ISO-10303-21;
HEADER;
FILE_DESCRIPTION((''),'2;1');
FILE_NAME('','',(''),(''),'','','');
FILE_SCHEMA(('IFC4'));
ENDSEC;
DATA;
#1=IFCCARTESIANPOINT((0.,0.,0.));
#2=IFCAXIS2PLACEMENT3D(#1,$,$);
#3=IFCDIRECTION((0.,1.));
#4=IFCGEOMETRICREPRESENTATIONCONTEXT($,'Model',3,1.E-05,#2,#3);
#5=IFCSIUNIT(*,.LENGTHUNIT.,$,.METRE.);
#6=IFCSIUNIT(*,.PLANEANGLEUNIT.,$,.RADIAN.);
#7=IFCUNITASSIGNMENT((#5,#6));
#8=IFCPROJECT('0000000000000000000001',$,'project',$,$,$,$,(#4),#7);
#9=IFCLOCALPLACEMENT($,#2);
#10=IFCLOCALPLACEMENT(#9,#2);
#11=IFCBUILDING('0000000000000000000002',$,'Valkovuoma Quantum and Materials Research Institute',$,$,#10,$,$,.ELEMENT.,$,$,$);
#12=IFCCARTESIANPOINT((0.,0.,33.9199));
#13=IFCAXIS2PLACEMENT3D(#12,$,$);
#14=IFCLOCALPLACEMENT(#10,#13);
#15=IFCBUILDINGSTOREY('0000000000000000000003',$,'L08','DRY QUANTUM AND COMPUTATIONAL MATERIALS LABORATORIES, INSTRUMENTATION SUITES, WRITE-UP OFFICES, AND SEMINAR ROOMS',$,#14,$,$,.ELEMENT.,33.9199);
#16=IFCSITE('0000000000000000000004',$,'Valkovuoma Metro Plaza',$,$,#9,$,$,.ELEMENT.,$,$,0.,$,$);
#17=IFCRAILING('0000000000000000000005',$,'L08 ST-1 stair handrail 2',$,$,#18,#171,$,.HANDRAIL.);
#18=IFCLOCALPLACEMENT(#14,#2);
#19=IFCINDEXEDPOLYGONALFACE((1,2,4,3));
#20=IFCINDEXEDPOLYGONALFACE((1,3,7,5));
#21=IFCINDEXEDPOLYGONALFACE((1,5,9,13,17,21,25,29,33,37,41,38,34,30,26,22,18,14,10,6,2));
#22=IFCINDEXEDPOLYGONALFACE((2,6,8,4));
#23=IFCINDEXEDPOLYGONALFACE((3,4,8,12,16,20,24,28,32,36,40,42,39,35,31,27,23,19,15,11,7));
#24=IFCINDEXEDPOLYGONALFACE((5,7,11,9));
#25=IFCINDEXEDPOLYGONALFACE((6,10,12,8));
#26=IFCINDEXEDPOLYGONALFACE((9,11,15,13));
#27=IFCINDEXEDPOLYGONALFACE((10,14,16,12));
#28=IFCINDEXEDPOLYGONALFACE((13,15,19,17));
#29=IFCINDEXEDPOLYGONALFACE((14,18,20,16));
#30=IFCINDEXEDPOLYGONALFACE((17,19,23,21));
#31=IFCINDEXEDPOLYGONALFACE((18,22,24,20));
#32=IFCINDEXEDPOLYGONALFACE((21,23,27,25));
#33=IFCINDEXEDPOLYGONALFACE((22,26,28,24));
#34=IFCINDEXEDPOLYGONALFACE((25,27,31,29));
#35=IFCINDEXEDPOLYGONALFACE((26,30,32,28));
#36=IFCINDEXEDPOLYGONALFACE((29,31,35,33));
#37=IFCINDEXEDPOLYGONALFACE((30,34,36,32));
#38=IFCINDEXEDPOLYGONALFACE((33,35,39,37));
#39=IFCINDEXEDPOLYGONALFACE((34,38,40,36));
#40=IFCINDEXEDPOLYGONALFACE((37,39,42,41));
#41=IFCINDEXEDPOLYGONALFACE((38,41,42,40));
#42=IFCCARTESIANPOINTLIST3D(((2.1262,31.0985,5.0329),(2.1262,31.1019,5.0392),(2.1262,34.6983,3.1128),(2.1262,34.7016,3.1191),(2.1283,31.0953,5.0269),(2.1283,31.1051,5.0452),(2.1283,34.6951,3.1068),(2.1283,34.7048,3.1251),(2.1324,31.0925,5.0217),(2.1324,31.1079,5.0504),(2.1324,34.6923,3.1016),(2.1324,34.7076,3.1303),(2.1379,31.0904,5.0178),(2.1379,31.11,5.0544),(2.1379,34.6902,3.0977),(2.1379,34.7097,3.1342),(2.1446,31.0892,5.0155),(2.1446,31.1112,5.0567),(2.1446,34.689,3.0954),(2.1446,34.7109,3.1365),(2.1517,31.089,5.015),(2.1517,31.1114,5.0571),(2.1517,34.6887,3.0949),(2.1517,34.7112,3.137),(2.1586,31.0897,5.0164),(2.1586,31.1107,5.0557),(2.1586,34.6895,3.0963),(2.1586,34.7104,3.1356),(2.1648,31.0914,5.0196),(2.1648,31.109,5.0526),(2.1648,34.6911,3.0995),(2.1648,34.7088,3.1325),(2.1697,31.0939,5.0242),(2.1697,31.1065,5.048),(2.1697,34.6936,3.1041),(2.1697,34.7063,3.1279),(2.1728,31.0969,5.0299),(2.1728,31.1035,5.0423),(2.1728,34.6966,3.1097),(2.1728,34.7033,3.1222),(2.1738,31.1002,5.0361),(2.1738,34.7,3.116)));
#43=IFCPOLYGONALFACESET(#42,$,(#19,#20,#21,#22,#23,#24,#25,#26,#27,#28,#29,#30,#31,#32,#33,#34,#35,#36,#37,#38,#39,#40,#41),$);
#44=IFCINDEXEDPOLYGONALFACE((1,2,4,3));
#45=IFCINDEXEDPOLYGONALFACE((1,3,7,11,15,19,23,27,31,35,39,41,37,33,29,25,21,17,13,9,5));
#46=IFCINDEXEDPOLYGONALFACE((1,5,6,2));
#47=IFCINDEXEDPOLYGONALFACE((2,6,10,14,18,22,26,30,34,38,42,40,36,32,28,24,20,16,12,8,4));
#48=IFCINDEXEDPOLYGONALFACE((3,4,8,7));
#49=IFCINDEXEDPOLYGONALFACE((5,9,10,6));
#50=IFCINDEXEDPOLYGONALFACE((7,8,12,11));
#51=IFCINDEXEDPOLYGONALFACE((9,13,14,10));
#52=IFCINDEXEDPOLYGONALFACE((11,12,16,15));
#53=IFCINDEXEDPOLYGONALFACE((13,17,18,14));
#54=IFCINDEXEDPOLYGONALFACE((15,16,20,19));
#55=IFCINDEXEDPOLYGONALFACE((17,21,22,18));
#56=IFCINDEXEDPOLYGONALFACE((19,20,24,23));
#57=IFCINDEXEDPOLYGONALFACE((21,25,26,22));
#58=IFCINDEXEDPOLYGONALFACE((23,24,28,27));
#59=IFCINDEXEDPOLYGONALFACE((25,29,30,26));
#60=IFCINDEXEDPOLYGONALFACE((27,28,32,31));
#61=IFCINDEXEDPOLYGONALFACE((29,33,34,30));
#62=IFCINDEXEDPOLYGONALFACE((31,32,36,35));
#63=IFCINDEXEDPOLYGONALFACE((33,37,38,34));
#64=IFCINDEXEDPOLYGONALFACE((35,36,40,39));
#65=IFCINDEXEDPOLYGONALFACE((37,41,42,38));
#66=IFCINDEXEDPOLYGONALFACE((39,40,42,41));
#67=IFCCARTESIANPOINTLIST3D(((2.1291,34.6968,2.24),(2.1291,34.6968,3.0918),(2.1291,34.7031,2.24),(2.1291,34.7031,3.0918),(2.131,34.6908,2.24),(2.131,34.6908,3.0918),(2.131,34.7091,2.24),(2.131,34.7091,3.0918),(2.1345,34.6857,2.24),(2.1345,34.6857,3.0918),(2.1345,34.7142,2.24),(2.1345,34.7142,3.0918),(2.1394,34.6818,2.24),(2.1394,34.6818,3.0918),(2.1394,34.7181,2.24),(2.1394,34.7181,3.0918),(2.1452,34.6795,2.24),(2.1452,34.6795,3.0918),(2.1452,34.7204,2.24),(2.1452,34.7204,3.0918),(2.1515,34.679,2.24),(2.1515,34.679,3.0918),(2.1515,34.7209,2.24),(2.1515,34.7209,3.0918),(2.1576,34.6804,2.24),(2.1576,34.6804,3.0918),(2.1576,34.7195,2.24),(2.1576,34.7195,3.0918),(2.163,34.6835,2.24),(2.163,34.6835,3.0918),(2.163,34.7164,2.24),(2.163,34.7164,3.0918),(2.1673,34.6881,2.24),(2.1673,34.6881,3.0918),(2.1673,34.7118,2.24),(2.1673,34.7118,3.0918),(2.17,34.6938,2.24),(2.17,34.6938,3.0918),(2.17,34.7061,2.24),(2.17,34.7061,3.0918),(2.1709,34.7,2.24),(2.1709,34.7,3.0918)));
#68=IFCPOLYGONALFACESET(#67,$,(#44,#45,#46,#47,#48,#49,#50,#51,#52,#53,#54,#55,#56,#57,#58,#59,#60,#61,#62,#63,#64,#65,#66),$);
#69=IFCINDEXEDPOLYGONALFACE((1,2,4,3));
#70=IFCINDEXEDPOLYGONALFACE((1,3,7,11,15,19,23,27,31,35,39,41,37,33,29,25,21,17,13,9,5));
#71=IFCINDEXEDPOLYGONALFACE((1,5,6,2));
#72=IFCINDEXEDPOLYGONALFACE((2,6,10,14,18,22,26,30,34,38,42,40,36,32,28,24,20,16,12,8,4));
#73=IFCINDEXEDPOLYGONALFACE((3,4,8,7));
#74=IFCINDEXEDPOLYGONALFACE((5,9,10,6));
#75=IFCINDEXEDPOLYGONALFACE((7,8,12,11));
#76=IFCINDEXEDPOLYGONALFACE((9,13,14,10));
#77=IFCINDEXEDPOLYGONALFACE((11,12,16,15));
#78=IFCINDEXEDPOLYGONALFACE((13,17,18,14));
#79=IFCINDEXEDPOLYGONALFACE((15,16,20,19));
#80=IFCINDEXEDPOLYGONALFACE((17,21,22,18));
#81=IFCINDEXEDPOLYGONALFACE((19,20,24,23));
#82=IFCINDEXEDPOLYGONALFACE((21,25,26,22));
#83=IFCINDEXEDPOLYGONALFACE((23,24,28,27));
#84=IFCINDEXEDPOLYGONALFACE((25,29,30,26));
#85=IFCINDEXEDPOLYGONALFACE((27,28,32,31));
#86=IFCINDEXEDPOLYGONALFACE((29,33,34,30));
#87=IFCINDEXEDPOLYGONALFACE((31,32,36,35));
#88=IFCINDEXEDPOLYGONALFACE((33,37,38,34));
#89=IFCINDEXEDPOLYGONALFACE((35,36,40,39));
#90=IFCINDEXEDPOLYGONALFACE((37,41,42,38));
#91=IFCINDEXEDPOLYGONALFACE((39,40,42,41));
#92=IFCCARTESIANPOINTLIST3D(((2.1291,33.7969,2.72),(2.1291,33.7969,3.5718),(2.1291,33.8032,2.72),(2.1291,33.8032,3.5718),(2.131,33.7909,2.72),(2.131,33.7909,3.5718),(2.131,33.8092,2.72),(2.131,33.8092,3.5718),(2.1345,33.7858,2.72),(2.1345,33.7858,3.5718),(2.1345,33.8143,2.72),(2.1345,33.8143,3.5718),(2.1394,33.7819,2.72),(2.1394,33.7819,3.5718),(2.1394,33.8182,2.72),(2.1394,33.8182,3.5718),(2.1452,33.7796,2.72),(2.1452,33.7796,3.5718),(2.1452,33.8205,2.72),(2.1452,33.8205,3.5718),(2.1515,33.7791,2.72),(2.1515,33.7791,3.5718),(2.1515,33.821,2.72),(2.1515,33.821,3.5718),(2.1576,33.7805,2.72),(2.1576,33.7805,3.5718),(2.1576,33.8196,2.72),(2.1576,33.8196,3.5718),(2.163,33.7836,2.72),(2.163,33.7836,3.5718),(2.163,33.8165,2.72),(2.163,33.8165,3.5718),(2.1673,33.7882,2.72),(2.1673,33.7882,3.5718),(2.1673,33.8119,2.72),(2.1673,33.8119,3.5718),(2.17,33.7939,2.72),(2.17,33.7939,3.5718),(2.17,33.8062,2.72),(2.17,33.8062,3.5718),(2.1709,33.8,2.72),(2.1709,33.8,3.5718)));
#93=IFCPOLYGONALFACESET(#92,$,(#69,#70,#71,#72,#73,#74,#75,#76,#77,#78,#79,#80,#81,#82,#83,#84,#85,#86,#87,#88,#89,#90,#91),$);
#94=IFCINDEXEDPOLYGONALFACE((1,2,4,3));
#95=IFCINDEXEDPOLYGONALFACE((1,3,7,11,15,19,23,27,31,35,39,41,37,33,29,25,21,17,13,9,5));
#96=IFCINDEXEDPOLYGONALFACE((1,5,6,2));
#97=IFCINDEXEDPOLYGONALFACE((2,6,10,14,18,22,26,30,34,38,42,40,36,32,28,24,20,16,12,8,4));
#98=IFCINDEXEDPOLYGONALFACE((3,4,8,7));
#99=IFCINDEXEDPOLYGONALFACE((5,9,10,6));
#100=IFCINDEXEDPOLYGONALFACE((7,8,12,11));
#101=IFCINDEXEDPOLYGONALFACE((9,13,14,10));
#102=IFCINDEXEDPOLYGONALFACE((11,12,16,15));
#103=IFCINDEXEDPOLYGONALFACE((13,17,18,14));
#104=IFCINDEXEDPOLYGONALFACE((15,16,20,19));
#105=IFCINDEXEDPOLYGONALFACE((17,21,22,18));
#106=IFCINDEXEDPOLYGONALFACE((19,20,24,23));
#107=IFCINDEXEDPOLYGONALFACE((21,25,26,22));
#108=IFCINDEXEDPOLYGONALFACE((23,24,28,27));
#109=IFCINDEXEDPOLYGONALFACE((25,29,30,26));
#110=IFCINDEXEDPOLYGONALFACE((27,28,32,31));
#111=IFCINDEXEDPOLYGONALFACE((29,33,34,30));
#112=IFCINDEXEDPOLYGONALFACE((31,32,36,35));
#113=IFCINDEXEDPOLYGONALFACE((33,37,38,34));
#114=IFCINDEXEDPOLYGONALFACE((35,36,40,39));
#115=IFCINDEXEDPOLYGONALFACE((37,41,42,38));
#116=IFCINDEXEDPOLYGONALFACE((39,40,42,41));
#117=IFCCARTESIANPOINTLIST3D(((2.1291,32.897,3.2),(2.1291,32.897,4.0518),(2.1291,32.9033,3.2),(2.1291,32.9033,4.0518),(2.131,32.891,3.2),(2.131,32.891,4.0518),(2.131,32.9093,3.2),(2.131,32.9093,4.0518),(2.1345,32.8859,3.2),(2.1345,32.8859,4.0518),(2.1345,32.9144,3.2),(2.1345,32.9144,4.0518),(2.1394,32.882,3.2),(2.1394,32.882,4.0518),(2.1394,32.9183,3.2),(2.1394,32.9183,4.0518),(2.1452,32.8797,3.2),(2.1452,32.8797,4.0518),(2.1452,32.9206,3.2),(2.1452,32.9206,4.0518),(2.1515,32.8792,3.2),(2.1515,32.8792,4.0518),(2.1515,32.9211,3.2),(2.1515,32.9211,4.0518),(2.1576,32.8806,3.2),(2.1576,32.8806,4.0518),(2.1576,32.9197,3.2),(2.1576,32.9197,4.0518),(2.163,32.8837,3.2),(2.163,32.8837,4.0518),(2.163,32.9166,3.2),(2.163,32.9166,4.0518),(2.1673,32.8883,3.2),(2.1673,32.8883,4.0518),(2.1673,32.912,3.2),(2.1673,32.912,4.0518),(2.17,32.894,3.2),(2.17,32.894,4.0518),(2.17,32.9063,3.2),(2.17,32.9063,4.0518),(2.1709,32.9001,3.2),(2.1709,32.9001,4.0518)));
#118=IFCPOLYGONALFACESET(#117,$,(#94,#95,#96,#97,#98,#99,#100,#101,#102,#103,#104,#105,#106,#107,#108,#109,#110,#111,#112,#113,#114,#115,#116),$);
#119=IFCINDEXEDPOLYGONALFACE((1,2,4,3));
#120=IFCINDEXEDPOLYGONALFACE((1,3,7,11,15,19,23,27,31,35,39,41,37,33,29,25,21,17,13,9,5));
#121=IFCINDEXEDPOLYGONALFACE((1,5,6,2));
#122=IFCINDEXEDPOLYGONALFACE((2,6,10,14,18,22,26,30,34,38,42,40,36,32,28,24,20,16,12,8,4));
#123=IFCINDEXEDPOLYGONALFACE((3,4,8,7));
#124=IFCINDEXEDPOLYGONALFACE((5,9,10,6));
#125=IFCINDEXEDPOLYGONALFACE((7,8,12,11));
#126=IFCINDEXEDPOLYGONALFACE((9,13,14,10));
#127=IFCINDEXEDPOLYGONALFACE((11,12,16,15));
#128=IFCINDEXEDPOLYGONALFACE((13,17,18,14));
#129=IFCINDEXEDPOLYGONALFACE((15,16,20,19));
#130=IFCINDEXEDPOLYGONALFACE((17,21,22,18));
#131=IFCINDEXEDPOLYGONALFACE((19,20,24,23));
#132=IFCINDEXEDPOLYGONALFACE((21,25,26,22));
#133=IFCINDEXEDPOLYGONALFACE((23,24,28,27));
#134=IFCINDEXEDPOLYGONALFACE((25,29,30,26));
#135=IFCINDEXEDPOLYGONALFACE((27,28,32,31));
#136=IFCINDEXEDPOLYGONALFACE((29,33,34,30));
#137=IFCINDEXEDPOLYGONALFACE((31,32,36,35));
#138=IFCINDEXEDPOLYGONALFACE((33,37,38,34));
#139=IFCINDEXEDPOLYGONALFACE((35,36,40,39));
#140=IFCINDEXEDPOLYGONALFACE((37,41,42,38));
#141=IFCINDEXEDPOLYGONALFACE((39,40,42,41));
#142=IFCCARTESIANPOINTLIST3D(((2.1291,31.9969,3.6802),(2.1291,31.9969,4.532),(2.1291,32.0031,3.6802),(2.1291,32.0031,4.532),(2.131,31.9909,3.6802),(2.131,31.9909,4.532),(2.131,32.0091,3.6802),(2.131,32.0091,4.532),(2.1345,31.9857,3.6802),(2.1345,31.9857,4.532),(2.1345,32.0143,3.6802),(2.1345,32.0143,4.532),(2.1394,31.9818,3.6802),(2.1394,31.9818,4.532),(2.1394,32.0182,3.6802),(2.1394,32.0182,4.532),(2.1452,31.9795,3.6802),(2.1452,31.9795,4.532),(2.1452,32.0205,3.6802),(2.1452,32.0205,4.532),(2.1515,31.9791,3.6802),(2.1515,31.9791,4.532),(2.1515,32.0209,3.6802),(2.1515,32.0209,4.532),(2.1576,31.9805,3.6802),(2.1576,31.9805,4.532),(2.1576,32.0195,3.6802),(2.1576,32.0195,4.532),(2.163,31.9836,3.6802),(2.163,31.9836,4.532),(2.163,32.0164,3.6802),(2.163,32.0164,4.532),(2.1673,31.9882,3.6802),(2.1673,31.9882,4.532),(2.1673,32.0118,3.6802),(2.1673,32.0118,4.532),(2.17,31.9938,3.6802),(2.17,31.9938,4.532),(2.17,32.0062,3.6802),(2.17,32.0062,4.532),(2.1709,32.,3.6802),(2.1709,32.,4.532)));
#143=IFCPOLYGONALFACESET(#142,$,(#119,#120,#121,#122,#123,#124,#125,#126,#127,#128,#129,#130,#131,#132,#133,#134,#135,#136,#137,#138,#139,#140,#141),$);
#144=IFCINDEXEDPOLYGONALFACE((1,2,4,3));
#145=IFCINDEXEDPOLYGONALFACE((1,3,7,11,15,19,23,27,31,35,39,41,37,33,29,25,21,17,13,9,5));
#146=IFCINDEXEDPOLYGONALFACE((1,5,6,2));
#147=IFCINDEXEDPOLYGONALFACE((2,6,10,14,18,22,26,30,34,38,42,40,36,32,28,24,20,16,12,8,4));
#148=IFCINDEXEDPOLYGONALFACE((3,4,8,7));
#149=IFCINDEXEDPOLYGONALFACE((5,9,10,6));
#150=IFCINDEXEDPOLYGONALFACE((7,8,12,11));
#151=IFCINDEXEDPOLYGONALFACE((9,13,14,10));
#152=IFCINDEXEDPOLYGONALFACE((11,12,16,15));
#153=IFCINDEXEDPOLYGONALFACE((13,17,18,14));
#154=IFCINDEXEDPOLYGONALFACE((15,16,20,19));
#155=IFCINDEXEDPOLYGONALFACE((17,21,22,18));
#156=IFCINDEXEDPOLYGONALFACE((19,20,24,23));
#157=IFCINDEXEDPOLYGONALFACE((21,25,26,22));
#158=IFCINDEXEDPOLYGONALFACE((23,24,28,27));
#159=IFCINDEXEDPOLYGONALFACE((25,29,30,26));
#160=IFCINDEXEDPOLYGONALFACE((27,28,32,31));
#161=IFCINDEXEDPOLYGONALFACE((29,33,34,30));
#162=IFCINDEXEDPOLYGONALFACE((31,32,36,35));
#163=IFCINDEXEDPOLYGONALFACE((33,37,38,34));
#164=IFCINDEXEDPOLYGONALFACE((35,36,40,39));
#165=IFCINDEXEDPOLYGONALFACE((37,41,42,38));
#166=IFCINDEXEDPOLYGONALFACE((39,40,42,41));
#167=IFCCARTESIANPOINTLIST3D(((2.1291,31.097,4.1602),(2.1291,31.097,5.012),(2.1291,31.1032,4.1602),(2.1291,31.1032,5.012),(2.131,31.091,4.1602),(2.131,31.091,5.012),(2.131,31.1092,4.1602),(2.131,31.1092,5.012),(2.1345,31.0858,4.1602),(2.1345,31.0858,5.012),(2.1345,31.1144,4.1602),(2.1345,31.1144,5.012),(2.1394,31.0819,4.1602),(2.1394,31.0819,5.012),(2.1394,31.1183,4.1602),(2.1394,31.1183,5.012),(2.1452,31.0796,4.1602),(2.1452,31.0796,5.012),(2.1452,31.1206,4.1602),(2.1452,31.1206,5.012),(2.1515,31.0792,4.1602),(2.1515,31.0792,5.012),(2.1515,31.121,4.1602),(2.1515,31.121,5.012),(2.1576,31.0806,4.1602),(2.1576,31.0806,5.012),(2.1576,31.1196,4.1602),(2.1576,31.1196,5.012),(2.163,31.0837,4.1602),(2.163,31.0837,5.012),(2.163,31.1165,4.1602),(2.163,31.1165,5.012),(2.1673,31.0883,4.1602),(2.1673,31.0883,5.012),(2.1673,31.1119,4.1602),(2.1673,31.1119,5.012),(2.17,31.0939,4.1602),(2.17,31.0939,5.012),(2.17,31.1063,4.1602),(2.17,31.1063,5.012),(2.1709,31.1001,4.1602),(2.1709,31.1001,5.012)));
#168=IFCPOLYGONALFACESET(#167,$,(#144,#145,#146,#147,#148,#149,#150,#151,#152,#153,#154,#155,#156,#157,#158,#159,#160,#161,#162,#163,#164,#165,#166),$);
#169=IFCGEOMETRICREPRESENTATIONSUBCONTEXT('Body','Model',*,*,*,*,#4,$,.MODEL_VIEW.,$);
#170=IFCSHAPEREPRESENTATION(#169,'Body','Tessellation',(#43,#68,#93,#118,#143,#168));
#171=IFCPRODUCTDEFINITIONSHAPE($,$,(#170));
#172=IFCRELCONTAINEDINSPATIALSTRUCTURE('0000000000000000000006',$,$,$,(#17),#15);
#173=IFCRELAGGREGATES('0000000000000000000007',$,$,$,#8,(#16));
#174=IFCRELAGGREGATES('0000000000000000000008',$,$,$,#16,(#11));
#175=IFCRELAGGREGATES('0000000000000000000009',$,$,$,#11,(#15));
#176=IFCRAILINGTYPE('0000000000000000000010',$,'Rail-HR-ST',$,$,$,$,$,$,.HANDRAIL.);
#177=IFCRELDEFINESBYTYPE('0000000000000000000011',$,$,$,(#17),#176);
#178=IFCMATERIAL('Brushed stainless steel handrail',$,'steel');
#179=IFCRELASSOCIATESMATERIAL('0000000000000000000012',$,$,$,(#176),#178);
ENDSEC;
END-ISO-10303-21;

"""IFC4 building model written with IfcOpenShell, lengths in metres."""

from ifc_helpers import new_model, si_unit, direction, frame, origin, origin_2d, place, context, subcontext, project, spatial, circle, extrude, material, type_object, element, save


model = new_model("IFC4")

# Units and contexts
model_context = context("Model", 3, precision=1e-05, world=origin(), true_north=direction((0.0, 1.0)))
body_context = subcontext(model_context, "Body", "Model", "MODEL_VIEW")
ifc_project = project(units=[si_unit("LENGTHUNIT", "METRE"), si_unit("PLANEANGLEUNIT", "RADIAN")], contexts=[model_context])

# Site, building, storey
site_placement = place(None, origin())
site = spatial("IfcSite", under=ifc_project, at=site_placement, Name="Valkovuoma Metro Plaza", CompositionType="ELEMENT", RefElevation=0.0)
building_placement = place(site_placement, origin())
building = spatial("IfcBuilding", under=site, at=building_placement, Name="Valkovuoma Quantum and Materials Research Institute", CompositionType="ELEMENT")
storey_placement = place(building_placement, frame((0.0, 0.0, 33.9199)))
storey = spatial("IfcBuildingStorey", under=building, at=storey_placement, Name="L08", Description="DRY QUANTUM AND COMPUTATIONAL MATERIALS LABORATORIES, INSTRUMENTATION SUITES, WRITE-UP OFFICES, AND SEMINAR ROOMS", CompositionType="ELEMENT", Elevation=33.9199)

# Railing
ifc_material_1 = material(Name="Brushed stainless steel handrail", Category="steel")
railing_type_1 = type_object("IfcRailingType", Name="Rail-HR-ST", PredefinedType="HANDRAIL", material=ifc_material_1)
railing_1_placement = place(storey_placement, frame((2.1499, 34.7, 2.24)))
element("IfcRailing", 1, at=railing_1_placement, inside=storey, type_object=railing_type_1, Name="L08 ST-1 stair handrail 2", PredefinedType="HANDRAIL", context=body_context, shape_type="SweptSolid", body=[
    extrude(circle(Radius=0.0239, at=origin_2d()), frame((0.0, 0.0, 0.876), z_axis=(0.0, -0.882328, 0.470635), x_axis=(1.0, 0.0, 0.0)), (0.0, 0.0, 1.0), 4.0798),
    extrude(circle(Radius=0.021, at=origin_2d()), origin(), (0.0, 0.0, 1.0), 0.8518),
    extrude(circle(Radius=0.021, at=origin_2d()), frame((0.0, -0.8999, 0.48)), (0.0, 0.0, 1.0), 0.8518),
    extrude(circle(Radius=0.021, at=origin_2d()), frame((0.0, -1.7998, 0.96)), (0.0, 0.0, 1.0), 0.8518),
    extrude(circle(Radius=0.021, at=origin_2d()), frame((0.0, -2.7, 1.4402)), (0.0, 0.0, 1.0), 0.8518),
    extrude(circle(Radius=0.021, at=origin_2d()), frame((0.0, -3.5999, 1.9202)), (0.0, 0.0, 1.0), 0.8518),
])

save(model, "model.ifc")
